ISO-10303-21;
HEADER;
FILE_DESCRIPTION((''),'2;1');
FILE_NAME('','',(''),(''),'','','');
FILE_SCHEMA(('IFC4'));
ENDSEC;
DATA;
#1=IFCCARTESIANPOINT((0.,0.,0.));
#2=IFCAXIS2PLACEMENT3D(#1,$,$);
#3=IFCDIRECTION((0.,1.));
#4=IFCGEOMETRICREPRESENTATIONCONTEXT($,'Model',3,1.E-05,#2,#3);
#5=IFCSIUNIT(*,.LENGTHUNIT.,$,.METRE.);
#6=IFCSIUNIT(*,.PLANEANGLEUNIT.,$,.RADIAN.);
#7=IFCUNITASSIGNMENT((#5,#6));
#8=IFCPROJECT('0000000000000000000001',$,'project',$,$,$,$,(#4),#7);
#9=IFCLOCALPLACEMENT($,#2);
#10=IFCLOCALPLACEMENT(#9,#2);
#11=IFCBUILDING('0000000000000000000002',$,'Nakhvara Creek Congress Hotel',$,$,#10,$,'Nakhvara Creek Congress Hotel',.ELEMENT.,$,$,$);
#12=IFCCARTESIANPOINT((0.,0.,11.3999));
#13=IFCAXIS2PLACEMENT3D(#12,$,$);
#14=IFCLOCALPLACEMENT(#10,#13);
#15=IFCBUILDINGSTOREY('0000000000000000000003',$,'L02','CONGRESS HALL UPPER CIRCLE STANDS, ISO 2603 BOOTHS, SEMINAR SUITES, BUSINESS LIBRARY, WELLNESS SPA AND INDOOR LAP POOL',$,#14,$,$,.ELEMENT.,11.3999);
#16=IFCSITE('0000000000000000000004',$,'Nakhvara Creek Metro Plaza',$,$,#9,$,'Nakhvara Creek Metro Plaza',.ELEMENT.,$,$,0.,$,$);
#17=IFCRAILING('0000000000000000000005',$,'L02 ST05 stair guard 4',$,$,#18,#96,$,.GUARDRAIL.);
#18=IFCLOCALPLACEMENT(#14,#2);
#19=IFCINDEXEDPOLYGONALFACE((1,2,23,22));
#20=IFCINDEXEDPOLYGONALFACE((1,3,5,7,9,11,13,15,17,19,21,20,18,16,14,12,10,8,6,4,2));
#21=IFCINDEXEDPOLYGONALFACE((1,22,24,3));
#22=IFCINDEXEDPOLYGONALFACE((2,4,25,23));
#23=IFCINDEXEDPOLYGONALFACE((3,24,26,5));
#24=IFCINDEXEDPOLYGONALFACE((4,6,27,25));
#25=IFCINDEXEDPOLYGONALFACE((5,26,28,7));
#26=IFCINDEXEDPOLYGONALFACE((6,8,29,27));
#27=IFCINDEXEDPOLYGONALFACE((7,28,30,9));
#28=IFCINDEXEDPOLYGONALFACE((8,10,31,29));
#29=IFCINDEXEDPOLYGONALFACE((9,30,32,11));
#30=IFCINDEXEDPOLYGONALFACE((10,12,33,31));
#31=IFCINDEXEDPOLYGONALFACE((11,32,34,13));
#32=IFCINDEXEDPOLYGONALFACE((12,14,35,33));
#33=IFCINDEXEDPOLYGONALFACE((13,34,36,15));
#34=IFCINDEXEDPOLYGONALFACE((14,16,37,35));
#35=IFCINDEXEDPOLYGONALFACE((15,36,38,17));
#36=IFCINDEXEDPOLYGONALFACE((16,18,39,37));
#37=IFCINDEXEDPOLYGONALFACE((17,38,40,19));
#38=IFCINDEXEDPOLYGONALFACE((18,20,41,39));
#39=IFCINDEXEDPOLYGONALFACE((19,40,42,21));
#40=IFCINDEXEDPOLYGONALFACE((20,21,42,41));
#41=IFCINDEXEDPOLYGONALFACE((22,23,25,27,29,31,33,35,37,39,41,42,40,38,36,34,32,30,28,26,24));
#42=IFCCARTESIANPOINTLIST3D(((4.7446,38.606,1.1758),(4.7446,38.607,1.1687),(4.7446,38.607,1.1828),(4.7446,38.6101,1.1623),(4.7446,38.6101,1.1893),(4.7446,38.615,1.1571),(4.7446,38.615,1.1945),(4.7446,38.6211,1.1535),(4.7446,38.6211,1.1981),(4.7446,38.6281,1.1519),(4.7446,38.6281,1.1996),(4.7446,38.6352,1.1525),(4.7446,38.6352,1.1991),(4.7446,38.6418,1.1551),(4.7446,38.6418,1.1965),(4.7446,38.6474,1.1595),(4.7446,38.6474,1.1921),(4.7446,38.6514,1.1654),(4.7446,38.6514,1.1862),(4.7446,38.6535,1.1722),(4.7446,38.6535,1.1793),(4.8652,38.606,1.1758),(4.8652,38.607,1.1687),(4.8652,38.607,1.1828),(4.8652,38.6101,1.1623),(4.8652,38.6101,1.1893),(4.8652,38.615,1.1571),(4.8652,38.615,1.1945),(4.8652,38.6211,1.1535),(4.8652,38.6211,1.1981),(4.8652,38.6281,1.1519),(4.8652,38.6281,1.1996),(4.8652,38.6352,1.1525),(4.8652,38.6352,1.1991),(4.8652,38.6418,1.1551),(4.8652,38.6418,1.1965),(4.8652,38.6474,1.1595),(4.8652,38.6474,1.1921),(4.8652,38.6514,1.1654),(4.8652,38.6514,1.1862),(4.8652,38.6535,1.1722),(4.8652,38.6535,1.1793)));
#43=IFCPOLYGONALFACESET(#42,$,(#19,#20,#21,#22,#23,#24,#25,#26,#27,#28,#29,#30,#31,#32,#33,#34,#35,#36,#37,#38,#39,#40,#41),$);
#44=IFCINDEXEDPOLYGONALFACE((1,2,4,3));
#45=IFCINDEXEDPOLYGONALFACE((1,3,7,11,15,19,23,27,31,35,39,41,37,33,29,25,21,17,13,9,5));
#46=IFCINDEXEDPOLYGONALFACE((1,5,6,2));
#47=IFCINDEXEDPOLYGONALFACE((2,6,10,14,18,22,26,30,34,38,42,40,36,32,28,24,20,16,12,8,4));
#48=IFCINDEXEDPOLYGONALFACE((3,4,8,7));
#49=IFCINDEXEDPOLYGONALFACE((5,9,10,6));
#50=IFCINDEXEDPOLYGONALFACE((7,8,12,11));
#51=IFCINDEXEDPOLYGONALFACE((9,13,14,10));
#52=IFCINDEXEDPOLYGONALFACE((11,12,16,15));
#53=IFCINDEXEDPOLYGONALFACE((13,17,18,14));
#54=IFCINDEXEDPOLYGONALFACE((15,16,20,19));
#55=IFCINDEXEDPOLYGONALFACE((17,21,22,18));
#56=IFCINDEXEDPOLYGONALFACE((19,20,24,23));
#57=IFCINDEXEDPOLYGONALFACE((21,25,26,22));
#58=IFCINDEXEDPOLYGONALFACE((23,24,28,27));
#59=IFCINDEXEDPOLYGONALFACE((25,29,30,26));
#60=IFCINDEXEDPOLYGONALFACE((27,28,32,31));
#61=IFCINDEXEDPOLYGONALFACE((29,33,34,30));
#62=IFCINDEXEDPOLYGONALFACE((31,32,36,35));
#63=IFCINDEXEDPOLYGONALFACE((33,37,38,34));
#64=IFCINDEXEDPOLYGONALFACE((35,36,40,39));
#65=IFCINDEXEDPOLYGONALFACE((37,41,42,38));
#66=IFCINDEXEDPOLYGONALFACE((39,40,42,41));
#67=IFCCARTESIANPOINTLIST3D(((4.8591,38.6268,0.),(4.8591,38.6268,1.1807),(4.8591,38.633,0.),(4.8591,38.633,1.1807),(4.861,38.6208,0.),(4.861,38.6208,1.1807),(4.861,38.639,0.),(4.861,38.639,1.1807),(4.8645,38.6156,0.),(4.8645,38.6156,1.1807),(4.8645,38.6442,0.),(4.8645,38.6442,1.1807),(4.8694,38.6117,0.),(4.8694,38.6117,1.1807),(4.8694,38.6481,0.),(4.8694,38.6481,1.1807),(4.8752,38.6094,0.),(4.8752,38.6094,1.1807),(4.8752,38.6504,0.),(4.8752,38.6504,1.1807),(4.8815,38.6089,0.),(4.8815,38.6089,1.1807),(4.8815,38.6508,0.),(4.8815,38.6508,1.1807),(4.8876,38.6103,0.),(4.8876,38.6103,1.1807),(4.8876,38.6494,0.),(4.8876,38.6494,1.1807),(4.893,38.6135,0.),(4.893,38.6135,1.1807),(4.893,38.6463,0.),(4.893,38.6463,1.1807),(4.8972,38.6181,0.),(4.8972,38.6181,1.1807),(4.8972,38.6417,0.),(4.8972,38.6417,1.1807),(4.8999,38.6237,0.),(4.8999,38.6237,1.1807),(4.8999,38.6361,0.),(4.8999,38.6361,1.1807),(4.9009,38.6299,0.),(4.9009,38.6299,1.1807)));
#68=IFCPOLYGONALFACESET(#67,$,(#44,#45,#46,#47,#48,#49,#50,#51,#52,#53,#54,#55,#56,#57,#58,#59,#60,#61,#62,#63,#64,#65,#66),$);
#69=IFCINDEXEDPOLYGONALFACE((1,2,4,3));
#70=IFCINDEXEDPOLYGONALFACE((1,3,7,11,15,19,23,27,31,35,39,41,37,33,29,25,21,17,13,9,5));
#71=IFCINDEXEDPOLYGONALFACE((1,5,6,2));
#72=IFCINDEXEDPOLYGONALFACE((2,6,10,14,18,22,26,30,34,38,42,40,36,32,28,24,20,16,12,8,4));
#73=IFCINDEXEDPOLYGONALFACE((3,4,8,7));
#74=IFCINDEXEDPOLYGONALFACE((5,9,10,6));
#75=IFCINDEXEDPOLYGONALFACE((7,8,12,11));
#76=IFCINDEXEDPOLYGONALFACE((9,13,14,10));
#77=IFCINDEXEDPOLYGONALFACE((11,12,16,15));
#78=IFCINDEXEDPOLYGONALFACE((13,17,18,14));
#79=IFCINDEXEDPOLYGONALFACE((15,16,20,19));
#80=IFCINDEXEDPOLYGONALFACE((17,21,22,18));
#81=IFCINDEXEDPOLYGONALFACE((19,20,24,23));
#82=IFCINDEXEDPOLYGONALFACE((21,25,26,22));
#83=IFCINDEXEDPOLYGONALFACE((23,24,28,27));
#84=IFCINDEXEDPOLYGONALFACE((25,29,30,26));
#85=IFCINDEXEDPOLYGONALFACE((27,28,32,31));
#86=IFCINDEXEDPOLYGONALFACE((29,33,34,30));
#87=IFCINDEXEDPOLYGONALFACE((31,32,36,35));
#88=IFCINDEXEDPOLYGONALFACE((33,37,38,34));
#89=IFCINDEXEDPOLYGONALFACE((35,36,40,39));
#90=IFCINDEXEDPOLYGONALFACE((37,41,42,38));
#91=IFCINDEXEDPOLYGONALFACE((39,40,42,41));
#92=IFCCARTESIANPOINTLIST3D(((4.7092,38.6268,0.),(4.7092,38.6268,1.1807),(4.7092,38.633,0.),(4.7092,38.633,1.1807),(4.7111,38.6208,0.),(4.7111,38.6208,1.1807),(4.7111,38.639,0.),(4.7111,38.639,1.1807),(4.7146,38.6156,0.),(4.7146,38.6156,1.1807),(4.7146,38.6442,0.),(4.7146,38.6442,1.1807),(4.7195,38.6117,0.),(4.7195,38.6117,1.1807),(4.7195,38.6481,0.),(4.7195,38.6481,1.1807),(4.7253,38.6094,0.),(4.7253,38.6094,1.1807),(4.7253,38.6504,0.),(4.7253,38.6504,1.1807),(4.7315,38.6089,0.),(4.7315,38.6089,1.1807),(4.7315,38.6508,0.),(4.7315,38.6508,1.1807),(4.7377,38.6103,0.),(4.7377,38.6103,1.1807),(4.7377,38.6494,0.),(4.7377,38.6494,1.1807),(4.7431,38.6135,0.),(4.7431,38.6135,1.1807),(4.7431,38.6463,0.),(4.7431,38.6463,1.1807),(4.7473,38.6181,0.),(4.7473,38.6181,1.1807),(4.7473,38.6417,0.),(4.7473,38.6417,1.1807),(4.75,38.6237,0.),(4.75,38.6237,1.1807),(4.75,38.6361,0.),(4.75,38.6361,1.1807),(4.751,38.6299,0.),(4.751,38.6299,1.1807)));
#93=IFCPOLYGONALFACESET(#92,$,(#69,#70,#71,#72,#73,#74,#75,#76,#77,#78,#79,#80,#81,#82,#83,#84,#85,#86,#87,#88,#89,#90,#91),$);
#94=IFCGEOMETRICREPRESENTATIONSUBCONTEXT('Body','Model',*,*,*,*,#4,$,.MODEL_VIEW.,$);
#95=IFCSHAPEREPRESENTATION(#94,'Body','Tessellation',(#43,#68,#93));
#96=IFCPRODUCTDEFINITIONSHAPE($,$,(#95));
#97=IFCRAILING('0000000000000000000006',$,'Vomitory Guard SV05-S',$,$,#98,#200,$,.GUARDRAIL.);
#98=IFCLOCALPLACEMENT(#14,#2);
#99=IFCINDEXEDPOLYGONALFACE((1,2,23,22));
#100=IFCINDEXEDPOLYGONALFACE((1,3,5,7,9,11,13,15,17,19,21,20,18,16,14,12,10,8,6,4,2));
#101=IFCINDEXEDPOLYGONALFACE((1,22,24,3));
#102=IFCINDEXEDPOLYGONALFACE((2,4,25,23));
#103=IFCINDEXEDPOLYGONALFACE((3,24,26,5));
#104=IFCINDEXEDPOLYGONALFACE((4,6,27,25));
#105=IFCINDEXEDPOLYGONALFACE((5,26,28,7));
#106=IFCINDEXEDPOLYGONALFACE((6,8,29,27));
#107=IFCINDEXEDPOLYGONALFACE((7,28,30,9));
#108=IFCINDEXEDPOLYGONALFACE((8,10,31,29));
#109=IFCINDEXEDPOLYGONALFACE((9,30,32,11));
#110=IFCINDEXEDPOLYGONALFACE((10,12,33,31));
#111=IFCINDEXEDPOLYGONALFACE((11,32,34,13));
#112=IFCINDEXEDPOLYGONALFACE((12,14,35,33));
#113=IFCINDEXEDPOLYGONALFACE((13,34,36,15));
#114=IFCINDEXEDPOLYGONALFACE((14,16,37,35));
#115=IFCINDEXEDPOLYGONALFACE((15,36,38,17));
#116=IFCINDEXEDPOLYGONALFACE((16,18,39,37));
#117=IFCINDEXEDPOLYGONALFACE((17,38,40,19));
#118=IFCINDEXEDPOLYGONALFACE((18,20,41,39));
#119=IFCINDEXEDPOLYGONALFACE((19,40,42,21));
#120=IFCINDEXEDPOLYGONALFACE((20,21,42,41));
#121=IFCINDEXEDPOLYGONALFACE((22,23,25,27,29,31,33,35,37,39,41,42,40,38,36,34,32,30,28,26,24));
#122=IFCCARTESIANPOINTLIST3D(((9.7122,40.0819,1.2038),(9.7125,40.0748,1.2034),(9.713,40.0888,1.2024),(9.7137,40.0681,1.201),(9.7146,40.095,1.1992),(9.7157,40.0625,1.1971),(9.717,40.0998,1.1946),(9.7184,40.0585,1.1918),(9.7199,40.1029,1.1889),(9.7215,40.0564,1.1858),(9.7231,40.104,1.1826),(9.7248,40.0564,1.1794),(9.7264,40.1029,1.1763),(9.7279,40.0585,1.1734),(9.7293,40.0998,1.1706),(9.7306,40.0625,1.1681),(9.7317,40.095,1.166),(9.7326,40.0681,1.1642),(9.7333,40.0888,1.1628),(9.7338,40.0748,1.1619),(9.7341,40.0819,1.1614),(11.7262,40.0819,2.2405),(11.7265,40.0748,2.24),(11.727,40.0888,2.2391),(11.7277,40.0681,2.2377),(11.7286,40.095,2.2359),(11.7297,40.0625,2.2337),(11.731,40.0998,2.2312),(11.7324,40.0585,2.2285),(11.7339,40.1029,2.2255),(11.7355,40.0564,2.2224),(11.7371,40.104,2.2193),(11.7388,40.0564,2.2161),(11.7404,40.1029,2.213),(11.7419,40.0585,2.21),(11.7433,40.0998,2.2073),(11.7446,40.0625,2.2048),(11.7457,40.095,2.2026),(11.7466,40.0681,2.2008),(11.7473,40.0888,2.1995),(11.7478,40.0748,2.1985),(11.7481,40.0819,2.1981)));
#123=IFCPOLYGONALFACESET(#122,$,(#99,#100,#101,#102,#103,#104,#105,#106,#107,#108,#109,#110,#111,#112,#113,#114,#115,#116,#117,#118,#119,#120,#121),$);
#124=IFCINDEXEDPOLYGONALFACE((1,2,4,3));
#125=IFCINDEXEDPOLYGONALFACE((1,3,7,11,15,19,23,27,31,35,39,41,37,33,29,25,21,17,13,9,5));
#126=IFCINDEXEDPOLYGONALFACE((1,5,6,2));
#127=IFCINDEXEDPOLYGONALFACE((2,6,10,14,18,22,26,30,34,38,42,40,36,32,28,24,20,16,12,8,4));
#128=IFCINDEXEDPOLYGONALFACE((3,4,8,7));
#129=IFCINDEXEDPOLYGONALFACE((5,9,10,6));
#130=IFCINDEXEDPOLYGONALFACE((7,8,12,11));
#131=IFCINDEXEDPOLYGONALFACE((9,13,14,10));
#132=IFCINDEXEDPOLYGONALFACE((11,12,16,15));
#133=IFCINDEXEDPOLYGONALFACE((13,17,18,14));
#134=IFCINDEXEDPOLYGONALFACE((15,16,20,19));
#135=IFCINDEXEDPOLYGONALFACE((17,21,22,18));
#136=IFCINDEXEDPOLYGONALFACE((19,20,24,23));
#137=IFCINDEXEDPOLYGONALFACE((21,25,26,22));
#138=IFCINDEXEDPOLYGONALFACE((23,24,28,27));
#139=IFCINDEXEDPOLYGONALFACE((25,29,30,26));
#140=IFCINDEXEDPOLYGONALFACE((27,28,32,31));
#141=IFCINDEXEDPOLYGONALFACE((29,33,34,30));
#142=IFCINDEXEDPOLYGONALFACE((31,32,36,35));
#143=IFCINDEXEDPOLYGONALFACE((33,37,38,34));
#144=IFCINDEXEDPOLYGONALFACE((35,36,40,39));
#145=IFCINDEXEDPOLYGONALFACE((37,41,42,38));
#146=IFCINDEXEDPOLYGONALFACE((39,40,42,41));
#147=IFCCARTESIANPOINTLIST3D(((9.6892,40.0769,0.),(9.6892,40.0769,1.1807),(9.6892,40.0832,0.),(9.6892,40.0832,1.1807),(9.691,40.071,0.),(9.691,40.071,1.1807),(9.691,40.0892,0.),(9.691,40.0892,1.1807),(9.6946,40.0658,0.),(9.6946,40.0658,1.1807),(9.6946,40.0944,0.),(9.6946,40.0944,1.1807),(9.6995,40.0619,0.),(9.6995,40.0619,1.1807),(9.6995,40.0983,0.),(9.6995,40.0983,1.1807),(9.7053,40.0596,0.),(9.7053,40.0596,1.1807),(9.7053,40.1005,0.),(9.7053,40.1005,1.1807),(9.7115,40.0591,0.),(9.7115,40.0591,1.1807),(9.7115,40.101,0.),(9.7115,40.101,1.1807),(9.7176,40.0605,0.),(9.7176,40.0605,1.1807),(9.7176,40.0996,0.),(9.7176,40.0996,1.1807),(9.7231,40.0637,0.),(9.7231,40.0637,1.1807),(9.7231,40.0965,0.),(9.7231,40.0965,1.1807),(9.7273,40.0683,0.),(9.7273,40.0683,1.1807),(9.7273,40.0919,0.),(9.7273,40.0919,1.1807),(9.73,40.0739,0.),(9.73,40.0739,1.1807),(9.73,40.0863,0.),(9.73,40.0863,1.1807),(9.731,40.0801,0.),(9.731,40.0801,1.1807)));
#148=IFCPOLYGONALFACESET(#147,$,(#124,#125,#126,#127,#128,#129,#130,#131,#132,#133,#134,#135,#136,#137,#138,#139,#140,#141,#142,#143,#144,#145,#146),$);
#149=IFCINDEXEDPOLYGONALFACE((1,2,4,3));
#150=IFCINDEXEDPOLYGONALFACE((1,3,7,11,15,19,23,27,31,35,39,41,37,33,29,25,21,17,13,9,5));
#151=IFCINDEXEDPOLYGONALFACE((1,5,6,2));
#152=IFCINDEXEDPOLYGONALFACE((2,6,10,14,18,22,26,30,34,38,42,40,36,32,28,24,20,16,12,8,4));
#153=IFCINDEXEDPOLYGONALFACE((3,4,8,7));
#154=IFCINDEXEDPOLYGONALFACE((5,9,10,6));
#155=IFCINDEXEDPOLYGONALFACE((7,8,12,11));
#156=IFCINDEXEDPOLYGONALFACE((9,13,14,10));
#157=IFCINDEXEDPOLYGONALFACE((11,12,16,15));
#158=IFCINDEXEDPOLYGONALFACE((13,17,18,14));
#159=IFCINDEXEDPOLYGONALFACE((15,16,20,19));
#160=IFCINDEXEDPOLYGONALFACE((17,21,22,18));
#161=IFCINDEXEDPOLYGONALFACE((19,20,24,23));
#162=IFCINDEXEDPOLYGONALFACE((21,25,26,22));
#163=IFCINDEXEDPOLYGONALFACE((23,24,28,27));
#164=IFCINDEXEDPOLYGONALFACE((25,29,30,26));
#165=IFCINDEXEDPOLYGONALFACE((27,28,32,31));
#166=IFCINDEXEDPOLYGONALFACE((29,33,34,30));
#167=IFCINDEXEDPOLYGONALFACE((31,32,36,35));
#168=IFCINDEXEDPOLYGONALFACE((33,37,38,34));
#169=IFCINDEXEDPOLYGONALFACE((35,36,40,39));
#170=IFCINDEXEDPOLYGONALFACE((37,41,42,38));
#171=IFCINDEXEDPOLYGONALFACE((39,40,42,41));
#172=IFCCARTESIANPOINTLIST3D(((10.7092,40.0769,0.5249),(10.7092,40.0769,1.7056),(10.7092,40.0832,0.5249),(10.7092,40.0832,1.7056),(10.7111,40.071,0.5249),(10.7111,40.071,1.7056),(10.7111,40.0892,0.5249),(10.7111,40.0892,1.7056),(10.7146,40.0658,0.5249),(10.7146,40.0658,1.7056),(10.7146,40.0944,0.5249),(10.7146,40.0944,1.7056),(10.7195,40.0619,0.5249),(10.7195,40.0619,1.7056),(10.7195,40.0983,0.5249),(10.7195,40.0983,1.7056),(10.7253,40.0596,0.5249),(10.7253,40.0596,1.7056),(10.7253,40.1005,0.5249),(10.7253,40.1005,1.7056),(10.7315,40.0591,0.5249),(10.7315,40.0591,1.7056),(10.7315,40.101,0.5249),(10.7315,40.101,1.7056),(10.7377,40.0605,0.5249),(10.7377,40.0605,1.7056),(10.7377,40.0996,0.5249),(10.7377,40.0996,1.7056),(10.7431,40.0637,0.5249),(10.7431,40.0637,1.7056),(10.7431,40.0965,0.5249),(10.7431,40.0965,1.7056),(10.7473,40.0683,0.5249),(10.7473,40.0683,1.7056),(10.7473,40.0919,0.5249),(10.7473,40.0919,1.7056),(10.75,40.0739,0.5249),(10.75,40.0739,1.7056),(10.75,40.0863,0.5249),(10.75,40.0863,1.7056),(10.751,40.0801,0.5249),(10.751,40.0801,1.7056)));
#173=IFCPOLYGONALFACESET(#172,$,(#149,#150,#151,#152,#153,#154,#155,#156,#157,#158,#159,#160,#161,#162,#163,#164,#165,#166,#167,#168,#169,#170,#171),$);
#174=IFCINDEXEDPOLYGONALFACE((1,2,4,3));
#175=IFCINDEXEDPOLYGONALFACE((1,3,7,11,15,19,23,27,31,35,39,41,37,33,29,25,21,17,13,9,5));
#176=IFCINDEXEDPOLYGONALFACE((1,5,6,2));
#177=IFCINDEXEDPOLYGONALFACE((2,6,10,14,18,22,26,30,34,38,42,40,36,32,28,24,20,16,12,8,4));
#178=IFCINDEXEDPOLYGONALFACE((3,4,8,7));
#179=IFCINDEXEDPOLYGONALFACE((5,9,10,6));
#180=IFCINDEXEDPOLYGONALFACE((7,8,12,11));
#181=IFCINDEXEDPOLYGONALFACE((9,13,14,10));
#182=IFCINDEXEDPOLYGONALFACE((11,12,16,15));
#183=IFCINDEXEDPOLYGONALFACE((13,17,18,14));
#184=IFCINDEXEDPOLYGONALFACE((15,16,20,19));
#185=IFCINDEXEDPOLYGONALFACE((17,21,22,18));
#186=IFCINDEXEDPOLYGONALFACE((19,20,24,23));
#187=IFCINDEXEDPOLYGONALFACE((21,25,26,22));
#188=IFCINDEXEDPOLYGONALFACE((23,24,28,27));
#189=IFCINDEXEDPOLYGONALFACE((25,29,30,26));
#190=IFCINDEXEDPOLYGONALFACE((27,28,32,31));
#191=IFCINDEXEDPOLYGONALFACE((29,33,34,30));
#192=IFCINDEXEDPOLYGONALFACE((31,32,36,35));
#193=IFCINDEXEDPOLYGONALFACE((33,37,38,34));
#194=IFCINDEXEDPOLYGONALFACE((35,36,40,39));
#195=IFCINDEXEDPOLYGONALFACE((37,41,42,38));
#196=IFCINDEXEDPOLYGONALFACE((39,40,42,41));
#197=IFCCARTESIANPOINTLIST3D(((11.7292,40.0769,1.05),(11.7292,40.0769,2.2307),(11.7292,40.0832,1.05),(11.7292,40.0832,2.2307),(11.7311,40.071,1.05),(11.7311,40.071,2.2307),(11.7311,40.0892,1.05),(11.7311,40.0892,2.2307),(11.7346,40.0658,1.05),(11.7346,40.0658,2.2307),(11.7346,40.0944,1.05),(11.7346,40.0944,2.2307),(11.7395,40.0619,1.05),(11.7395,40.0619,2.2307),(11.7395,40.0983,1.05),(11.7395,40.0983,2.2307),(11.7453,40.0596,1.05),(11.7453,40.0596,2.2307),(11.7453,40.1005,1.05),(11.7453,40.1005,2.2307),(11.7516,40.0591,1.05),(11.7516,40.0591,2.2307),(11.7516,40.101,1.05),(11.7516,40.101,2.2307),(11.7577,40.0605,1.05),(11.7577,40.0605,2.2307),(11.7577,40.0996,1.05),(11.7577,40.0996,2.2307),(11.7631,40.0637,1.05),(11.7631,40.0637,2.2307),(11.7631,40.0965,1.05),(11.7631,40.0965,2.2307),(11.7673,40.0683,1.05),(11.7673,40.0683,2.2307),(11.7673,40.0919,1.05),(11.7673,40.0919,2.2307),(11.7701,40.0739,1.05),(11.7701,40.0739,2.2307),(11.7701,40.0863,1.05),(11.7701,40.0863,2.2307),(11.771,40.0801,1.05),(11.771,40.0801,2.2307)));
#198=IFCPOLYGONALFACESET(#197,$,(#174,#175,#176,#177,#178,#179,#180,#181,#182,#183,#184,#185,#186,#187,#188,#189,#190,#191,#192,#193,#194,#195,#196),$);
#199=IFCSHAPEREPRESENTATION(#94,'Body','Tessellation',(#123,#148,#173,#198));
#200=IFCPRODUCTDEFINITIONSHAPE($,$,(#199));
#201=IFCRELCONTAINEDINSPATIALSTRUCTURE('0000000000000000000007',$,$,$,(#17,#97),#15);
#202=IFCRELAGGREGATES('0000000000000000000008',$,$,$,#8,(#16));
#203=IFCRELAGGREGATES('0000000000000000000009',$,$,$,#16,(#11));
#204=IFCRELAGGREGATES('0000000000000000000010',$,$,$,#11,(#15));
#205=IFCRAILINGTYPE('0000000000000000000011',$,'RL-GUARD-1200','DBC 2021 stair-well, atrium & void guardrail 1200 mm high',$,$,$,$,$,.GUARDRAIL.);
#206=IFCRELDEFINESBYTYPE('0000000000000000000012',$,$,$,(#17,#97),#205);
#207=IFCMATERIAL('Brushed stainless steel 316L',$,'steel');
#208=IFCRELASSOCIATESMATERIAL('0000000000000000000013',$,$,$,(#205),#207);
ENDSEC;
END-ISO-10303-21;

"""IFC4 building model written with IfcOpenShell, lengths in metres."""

from ifc_helpers import new_model, si_unit, direction, frame, origin, origin_2d, place, context, subcontext, project, spatial, circle, extrude, material, type_object, element, save


model = new_model("IFC4")

# Units and contexts
model_context = context("Model", 3, precision=1e-05, world=origin(), true_north=direction((0.0, 1.0)))
body_context = subcontext(model_context, "Body", "Model", "MODEL_VIEW")
ifc_project = project(units=[si_unit("LENGTHUNIT", "METRE"), si_unit("PLANEANGLEUNIT", "RADIAN")], contexts=[model_context])

# Site, building, storey
site_placement = place(None, origin())
site = spatial("IfcSite", under=ifc_project, at=site_placement, Name="Nakhvara Creek Metro Plaza", LongName="Nakhvara Creek Metro Plaza", CompositionType="ELEMENT", RefElevation=0.0)
building_placement = place(site_placement, origin())
building = spatial("IfcBuilding", under=site, at=building_placement, Name="Nakhvara Creek Congress Hotel", LongName="Nakhvara Creek Congress Hotel", CompositionType="ELEMENT")
storey_placement = place(building_placement, frame((0.0, 0.0, 11.3999)))
storey = spatial("IfcBuildingStorey", under=building, at=storey_placement, Name="L02", Description="CONGRESS HALL UPPER CIRCLE STANDS, ISO 2603 BOOTHS, SEMINAR SUITES, BUSINESS LIBRARY, WELLNESS SPA AND INDOOR LAP POOL", CompositionType="ELEMENT", Elevation=11.3999)

# Railings
ifc_material_1 = material(Name="Brushed stainless steel 316L", Category="steel")
railing_type_1 = type_object("IfcRailingType", Name="RL-GUARD-1200", Description="DBC 2021 stair-well, atrium & void guardrail 1200 mm high", PredefinedType="GUARDRAIL", material=ifc_material_1)
railing_1_placement = place(storey_placement, frame((4.8799, 38.6299, 0.0)))
element("IfcRailing", 1, at=railing_1_placement, inside=storey, type_object=railing_type_1, Name="L02 ST05 stair guard 4", PredefinedType="GUARDRAIL", context=body_context, shape_type="SweptSolid", body=[
    extrude(circle(Radius=0.0239, at=origin_2d()), frame((-0.0146, 0.0, 1.1758), z_axis=(-1.0, 0.0, 0.0), x_axis=(0.0, -1.0, 0.0)), (0.0, 0.0, 1.0), 0.1206),
    extrude(circle(Radius=0.021, at=origin_2d()), origin(), (0.0, 0.0, 1.0), 1.1807),
    extrude(circle(Radius=0.021, at=origin_2d()), frame((-0.1499, 0.0, 0.0)), (0.0, 0.0, 1.0), 1.1807),
])
railing_2_placement = place(storey_placement, frame((9.71, 40.0801, 0.0)))
element("IfcRailing", 2, at=railing_2_placement, inside=storey, type_object=railing_type_1, Name="Vomitory Guard SV05-S", PredefinedType="GUARDRAIL", context=body_context, shape_type="SweptSolid", body=[
    extrude(circle(Radius=0.0239, at=origin_2d()), frame((0.0132, 0.0, 1.1826), z_axis=(0.889131, 0.0, 0.457653), x_axis=(0.0, 1.0, 0.0)), (0.0, 0.0, 1.0), 2.2651),
    extrude(circle(Radius=0.021, at=origin_2d()), origin(), (0.0, 0.0, 1.0), 1.1807),
    extrude(circle(Radius=0.021, at=origin_2d()), frame((1.02, 0.0, 0.5249)), (0.0, 0.0, 1.0), 1.1807),
    extrude(circle(Radius=0.021, at=origin_2d()), frame((2.04, 0.0, 1.05)), (0.0, 0.0, 1.0), 1.1807),
])

save(model, "model.ifc")
